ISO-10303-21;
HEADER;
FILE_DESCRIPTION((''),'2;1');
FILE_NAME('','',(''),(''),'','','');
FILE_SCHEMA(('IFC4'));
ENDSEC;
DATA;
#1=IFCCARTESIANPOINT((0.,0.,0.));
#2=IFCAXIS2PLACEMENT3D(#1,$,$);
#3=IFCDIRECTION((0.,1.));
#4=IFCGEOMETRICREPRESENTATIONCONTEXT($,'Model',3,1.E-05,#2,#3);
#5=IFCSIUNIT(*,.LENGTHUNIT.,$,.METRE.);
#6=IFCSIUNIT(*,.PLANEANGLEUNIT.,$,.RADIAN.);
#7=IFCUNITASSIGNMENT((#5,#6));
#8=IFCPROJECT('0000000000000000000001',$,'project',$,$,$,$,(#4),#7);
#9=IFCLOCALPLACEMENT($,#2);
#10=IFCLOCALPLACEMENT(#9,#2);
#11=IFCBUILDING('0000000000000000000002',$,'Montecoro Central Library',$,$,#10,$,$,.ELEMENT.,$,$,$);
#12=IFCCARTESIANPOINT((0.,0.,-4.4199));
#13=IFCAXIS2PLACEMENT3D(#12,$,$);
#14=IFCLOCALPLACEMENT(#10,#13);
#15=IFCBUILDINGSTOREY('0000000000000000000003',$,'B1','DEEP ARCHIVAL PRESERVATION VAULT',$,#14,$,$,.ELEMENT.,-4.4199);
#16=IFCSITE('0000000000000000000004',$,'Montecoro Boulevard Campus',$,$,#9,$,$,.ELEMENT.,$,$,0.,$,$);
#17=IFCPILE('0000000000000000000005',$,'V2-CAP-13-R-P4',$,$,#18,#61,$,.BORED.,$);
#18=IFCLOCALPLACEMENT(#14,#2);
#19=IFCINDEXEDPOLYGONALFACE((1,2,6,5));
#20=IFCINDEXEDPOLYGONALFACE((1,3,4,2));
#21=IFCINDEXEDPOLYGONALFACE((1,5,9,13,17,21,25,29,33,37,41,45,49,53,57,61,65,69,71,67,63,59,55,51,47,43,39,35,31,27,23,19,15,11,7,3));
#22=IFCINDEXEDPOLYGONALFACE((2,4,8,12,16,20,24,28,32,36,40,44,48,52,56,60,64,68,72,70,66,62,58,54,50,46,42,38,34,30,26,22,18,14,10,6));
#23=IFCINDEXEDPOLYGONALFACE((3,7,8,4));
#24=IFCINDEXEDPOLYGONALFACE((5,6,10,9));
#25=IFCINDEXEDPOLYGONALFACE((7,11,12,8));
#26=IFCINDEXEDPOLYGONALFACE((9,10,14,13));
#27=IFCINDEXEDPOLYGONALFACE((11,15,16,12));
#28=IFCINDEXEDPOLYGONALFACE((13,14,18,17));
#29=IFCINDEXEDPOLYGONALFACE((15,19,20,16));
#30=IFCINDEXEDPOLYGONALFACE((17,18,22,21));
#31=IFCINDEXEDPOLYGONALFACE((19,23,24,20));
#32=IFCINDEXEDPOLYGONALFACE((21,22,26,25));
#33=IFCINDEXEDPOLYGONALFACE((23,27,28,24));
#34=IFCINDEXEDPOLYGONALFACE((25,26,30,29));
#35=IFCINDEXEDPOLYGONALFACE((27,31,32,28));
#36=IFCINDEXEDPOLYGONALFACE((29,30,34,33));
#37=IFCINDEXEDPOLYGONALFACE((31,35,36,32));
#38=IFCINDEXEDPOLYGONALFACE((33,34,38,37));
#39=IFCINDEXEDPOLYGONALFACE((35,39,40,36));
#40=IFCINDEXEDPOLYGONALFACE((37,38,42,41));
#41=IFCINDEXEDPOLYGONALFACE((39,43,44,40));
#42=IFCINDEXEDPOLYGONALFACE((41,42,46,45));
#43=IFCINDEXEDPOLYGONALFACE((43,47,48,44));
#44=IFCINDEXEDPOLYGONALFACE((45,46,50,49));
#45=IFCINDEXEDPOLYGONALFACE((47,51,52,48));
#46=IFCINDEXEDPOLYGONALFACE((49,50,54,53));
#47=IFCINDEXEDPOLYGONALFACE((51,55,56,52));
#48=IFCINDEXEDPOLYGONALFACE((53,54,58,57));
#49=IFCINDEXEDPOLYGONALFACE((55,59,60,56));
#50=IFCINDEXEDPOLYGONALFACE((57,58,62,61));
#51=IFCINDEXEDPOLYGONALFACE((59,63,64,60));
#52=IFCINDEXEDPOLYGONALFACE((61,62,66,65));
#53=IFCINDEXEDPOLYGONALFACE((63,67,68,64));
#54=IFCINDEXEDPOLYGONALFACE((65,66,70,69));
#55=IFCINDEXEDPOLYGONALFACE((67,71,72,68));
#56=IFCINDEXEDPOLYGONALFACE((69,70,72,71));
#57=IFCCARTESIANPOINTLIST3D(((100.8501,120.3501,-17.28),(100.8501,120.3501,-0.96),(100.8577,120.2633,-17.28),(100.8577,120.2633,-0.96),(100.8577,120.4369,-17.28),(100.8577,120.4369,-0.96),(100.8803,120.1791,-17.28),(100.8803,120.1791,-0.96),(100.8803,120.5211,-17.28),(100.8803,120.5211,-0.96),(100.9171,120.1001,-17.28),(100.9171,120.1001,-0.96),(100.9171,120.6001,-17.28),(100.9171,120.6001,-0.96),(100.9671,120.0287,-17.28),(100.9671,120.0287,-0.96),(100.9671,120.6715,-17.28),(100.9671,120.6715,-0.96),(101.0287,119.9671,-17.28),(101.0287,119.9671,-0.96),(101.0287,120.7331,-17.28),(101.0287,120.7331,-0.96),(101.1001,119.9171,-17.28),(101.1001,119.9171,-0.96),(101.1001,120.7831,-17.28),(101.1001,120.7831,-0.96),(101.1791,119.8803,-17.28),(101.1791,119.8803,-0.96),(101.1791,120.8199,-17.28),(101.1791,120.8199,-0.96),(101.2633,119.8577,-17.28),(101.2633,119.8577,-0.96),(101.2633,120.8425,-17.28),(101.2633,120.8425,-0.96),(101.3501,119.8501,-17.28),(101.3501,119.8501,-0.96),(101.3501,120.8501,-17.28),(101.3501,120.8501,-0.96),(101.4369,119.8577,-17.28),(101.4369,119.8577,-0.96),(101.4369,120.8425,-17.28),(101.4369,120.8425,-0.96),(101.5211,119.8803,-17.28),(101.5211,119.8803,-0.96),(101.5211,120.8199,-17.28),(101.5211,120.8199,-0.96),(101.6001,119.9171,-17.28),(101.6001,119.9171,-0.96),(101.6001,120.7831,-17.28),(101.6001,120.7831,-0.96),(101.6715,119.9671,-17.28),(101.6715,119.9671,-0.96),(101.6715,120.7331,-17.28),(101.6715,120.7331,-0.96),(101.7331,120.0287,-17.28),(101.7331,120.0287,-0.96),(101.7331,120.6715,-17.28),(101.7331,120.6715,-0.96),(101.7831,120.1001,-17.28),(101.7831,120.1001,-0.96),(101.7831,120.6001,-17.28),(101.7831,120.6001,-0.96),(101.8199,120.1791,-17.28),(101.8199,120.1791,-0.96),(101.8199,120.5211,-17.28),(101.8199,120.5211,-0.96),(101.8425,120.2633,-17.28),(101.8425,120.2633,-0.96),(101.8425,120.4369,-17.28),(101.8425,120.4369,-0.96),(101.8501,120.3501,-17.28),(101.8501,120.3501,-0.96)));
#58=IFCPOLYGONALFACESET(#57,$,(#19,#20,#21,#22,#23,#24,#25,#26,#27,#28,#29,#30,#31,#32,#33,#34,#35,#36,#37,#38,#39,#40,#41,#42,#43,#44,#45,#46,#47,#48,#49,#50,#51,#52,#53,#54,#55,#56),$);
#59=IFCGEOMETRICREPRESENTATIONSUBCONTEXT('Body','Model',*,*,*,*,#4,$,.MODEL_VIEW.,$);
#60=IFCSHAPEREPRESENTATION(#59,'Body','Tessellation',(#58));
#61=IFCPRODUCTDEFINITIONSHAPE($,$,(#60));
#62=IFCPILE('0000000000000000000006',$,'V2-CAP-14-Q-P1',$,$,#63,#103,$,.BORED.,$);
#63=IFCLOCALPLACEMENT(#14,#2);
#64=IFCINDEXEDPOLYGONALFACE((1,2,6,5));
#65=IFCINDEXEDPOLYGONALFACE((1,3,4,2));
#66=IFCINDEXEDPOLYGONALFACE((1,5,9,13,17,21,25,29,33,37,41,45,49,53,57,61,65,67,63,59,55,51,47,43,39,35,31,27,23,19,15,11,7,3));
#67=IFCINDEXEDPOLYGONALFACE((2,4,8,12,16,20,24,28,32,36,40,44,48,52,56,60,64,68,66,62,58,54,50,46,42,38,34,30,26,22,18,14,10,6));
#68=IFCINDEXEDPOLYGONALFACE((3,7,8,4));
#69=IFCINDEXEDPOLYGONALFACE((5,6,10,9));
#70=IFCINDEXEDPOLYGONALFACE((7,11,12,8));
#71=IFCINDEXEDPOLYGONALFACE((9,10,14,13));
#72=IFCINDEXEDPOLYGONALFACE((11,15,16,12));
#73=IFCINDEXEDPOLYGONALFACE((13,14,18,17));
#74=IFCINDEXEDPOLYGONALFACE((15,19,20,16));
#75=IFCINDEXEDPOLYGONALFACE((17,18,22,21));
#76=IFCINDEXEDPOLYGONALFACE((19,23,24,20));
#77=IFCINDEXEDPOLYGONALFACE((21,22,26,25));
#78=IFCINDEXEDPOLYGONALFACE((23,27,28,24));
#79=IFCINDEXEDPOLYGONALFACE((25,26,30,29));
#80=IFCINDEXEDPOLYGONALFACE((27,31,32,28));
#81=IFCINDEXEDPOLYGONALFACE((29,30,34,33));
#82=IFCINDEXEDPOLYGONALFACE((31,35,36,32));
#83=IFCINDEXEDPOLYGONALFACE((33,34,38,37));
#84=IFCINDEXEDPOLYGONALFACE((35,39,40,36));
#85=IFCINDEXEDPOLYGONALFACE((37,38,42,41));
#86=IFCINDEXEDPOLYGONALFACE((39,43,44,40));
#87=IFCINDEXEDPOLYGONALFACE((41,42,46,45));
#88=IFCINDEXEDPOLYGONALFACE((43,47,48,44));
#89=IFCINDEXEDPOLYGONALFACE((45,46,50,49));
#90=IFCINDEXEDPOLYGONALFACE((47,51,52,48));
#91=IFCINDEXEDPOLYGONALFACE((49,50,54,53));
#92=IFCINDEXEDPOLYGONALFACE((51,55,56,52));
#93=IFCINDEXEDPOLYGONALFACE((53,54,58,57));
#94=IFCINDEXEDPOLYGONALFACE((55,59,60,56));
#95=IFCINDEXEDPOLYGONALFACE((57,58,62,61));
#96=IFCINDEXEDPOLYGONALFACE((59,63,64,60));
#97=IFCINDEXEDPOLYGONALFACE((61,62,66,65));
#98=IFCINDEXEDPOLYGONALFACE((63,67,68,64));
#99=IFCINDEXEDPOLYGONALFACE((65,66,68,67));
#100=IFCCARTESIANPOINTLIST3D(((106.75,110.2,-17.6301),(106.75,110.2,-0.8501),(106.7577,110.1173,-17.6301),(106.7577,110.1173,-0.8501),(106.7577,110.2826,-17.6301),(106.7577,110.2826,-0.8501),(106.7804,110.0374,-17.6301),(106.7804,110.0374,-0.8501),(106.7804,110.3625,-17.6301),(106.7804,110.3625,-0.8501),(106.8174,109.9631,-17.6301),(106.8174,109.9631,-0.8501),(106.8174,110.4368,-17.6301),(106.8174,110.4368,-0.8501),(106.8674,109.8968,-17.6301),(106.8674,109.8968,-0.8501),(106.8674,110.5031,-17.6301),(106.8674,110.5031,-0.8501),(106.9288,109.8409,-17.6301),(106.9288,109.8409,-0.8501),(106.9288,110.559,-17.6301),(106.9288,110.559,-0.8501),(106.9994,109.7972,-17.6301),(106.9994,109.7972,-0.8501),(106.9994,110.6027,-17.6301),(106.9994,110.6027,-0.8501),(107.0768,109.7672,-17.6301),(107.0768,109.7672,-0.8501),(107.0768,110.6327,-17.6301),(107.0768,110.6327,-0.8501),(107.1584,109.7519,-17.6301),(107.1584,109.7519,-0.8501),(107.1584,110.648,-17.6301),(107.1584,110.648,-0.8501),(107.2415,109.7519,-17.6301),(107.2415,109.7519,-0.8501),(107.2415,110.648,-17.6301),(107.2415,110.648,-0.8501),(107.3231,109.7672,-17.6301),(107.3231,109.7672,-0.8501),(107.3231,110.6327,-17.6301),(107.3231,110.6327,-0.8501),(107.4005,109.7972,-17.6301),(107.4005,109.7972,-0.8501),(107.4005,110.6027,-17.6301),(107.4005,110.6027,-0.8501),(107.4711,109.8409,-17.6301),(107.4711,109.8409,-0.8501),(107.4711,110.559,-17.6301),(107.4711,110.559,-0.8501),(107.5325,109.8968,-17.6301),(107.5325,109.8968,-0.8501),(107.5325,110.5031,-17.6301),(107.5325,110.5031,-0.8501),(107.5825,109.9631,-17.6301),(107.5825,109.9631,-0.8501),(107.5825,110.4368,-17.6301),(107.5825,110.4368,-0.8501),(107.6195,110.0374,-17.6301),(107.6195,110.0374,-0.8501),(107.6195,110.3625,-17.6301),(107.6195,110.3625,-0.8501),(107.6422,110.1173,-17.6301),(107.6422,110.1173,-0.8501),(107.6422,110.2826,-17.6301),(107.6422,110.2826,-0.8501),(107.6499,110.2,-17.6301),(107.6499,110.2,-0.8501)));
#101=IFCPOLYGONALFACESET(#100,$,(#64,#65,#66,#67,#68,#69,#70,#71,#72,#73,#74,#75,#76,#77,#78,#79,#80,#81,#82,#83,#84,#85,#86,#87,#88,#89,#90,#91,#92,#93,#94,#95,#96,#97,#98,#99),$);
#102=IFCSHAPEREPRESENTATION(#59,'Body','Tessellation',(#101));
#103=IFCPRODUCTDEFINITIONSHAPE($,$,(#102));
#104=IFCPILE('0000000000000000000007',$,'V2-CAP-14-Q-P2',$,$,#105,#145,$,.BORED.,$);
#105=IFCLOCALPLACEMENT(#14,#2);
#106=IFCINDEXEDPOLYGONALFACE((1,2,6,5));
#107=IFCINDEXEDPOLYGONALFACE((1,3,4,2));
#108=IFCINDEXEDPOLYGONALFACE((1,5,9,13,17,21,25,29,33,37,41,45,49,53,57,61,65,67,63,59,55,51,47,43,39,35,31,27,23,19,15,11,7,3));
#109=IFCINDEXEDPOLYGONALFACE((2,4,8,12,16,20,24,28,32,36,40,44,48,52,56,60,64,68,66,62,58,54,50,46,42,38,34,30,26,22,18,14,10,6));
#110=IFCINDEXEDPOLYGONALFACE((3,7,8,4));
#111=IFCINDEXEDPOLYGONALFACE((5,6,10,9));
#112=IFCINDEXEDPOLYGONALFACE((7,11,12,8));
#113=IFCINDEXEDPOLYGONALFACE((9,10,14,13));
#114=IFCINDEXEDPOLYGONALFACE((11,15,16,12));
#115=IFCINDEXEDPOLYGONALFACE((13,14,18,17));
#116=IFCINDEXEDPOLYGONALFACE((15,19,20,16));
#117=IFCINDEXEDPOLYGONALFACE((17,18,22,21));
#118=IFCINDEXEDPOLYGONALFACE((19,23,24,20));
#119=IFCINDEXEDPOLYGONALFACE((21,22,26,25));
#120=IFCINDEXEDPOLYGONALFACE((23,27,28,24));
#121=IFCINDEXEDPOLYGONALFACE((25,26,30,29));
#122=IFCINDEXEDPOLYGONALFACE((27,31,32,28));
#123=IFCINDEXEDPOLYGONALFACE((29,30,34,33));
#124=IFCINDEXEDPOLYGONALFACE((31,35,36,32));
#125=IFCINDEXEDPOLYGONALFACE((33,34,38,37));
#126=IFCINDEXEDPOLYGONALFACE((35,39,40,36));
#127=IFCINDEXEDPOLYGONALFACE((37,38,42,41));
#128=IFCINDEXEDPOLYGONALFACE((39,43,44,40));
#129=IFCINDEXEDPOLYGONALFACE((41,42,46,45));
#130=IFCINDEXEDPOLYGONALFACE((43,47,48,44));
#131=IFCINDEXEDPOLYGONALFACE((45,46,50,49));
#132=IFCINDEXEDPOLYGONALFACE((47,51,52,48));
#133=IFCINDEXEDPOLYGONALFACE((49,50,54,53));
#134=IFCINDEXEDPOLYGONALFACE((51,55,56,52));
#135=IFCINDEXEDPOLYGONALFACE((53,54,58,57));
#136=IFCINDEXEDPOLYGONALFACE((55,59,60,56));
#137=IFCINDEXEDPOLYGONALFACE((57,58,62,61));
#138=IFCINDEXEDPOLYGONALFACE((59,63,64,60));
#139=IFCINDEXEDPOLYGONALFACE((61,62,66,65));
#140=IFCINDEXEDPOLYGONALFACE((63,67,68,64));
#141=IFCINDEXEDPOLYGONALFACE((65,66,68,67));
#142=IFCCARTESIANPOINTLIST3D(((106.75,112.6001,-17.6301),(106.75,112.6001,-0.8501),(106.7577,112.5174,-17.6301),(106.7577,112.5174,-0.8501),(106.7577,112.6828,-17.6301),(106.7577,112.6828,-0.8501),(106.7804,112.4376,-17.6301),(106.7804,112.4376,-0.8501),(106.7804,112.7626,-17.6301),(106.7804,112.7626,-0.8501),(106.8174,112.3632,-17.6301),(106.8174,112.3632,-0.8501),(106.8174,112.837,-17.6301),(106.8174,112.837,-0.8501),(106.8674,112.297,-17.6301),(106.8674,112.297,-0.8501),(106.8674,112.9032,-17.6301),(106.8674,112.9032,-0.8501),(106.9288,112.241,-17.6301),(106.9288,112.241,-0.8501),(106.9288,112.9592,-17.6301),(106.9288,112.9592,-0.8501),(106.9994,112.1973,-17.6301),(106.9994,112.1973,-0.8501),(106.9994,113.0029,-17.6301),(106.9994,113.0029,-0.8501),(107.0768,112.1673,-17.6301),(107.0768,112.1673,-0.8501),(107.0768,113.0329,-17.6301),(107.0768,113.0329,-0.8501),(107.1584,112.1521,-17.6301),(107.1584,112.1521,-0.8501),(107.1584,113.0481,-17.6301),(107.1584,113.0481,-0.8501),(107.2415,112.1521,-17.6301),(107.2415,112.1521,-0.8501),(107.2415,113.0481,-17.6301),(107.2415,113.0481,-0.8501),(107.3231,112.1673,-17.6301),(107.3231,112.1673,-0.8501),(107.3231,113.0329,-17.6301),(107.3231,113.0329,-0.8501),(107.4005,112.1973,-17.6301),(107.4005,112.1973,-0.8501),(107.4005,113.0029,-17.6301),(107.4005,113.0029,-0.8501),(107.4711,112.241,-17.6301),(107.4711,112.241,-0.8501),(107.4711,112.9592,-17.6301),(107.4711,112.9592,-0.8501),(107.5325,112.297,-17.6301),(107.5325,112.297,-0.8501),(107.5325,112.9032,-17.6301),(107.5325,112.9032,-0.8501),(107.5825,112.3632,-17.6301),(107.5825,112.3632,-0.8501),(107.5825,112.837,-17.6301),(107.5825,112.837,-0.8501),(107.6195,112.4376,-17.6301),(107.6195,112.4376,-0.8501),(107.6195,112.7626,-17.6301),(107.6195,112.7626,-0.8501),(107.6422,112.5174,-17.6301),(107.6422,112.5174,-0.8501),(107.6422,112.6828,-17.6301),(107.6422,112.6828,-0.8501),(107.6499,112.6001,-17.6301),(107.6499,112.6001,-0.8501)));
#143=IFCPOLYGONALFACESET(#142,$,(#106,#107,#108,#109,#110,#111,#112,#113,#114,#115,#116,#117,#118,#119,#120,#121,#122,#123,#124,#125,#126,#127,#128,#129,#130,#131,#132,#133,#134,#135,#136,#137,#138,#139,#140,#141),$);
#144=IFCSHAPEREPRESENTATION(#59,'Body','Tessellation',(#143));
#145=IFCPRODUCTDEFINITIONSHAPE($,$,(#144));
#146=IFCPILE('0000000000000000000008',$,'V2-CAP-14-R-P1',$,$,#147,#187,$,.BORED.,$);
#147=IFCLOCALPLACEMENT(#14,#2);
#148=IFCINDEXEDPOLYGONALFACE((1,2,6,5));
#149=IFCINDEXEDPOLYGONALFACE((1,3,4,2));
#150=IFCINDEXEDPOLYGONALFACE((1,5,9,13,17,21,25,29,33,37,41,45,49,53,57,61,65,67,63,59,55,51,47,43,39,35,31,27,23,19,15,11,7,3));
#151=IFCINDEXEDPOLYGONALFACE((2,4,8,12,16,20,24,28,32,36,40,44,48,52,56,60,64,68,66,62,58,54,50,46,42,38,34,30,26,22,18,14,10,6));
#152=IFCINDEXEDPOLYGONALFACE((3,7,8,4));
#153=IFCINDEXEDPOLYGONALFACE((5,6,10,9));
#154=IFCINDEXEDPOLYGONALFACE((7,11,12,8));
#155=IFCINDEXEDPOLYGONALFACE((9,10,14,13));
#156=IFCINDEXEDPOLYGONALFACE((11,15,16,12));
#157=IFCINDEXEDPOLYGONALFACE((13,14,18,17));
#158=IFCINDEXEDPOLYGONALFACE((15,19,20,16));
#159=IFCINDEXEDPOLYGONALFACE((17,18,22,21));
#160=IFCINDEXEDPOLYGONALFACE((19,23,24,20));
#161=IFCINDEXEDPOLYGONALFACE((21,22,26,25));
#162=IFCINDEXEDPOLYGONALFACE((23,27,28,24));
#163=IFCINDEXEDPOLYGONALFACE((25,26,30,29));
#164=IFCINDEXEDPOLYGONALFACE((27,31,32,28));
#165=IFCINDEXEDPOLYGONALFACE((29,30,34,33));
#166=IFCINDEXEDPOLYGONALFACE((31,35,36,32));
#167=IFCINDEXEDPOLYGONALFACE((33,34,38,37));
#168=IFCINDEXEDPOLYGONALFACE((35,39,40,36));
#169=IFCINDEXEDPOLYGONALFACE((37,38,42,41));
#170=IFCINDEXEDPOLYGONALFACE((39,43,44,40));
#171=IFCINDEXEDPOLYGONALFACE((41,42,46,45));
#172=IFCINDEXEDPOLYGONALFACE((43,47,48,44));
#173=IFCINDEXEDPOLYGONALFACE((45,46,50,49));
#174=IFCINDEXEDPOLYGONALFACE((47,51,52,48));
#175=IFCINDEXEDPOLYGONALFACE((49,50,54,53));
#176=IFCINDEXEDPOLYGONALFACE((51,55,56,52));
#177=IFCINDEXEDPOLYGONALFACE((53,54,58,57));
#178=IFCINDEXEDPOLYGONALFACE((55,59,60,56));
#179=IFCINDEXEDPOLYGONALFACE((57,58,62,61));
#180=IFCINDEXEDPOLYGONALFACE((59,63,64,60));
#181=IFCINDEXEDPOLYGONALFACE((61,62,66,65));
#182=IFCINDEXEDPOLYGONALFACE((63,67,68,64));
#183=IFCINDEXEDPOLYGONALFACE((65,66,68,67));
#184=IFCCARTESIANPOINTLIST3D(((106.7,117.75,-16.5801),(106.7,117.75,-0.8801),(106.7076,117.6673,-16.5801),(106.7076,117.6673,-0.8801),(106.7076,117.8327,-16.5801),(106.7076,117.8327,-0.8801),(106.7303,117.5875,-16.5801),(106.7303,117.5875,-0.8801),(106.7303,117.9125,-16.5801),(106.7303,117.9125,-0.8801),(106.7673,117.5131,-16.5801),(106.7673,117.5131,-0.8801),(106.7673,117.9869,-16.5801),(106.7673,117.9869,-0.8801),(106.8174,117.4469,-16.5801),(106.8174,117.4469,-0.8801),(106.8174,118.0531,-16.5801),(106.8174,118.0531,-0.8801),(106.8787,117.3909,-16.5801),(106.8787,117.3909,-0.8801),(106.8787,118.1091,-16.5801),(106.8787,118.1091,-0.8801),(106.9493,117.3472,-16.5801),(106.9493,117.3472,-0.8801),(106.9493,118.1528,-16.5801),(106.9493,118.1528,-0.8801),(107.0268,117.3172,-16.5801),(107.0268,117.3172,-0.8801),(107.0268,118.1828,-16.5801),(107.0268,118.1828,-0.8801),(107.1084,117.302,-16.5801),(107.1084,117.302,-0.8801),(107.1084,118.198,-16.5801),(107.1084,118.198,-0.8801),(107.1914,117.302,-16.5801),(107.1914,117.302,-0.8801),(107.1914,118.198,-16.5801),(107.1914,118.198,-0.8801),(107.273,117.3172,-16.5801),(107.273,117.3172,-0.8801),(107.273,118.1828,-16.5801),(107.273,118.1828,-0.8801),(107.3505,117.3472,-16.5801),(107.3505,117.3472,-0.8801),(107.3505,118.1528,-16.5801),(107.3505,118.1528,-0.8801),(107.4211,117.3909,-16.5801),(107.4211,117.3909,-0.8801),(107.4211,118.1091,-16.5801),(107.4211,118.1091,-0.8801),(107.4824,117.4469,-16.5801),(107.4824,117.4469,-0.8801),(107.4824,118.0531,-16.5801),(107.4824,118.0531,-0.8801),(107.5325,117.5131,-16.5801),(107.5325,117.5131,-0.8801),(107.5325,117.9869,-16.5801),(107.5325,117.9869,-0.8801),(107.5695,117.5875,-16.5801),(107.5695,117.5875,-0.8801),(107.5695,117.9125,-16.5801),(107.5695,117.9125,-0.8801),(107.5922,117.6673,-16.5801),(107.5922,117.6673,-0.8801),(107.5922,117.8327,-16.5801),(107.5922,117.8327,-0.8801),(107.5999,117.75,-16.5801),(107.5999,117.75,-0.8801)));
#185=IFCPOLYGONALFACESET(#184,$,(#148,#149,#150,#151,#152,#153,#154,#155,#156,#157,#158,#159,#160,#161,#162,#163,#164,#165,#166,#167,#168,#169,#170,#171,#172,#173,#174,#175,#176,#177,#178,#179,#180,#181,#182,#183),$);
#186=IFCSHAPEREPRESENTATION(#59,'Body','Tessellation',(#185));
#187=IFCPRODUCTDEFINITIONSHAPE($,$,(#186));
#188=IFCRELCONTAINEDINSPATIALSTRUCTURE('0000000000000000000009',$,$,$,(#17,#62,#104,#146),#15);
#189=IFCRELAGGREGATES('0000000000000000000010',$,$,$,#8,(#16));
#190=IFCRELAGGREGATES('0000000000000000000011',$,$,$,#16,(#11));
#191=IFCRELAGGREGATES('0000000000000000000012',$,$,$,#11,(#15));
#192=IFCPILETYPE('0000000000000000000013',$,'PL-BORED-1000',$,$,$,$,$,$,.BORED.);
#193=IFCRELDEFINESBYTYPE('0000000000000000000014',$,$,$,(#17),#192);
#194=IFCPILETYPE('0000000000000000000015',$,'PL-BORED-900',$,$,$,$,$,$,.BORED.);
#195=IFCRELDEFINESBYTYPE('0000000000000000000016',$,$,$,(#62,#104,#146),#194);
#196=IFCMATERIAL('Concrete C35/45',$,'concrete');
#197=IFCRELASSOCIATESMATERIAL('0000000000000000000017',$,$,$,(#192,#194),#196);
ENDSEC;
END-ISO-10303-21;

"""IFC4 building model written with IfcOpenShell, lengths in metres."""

from ifc_helpers import new_model, si_unit, direction, frame, origin, origin_2d, place, context, subcontext, project, spatial, circle, extrude, material, material_profile, profile_set, type_object, element, save


model = new_model("IFC4")

# Units and contexts
model_context = context("Model", 3, precision=1e-05, world=origin(), true_north=direction((0.0, 1.0)))
body_context = subcontext(model_context, "Body", "Model", "MODEL_VIEW")
ifc_project = project(units=[si_unit("LENGTHUNIT", "METRE"), si_unit("PLANEANGLEUNIT", "RADIAN")], contexts=[model_context])

# Site, building, storey
site_placement = place(None, origin())
site = spatial("IfcSite", under=ifc_project, at=site_placement, Name="Montecoro Boulevard Campus", CompositionType="ELEMENT", RefElevation=0.0)
building_placement = place(site_placement, origin())
building = spatial("IfcBuilding", under=site, at=building_placement, Name="Montecoro Central Library", CompositionType="ELEMENT")
storey_placement = place(building_placement, frame((0.0, 0.0, -4.4199)))
storey = spatial("IfcBuildingStorey", under=building, at=storey_placement, Name="B1", Description="DEEP ARCHIVAL PRESERVATION VAULT", CompositionType="ELEMENT", Elevation=-4.4199)

# Shared definitions
ifc_material_1 = material(Name="Concrete C35/45", Category="concrete")

# Piles
ifc_material_profile_1 = material_profile(ifc_material_1, circle(Radius=0.5, at=origin_2d()), Name="PILE D1000")
ifc_profile_set_1 = profile_set([ifc_material_profile_1], Name="Concrete C35/45")
pile_type_1 = type_object("IfcPileType", Name="PL-BORED-1000", PredefinedType="BORED", material=ifc_profile_set_1)
for number, where, z_axis, x_axis, name in (
    (1, (101.3501, 120.3501, -0.96), (0.0, 0.0, -1.0), (1.0, 0.0, 0.0), "V2-CAP-13-R-P4"),
):
    element("IfcPile", number, at=place(storey_placement, frame(where, z_axis=z_axis, x_axis=x_axis)), inside=storey, type_object=pile_type_1, Name=name, PredefinedType="BORED", context=body_context, shape_type="SweptSolid", body=[
        extrude(circle(Radius=0.5, at=origin_2d()), origin(), (0.0, 0.0, 1.0), 16.3201),
    ])
ifc_material_profile_2 = material_profile(ifc_material_1, circle(Radius=0.45, at=origin_2d()), Name="PILE D900")
ifc_profile_set_2 = profile_set([ifc_material_profile_2], Name="Concrete C35/45")
pile_type_2 = type_object("IfcPileType", Name="PL-BORED-900", PredefinedType="BORED", material=ifc_profile_set_2)
for number, where, z_axis, x_axis, name in (
    (2, (107.2, 110.2, -0.8501), (0.0, 0.0, -1.0), (1.0, 0.0, 0.0), "V2-CAP-14-Q-P1"),
    (3, (107.2, 112.6001, -0.8501), (0.0, 0.0, -1.0), (1.0, 0.0, 0.0), "V2-CAP-14-Q-P2"),
):
    element("IfcPile", number, at=place(storey_placement, frame(where, z_axis=z_axis, x_axis=x_axis)), inside=storey, type_object=pile_type_2, Name=name, PredefinedType="BORED", context=body_context, shape_type="SweptSolid", body=[
        extrude(circle(Radius=0.45, at=origin_2d()), origin(), (0.0, 0.0, 1.0), 16.78),
    ])
for number, where, z_axis, x_axis, name in (
    (4, (107.1499, 117.75, -0.8801), (0.0, 0.0, -1.0), (1.0, 0.0, 0.0), "V2-CAP-14-R-P1"),
):
    element("IfcPile", number, at=place(storey_placement, frame(where, z_axis=z_axis, x_axis=x_axis)), inside=storey, type_object=pile_type_2, Name=name, PredefinedType="BORED", context=body_context, shape_type="SweptSolid", body=[
        extrude(circle(Radius=0.45, at=origin_2d()), origin(), (0.0, 0.0, 1.0), 15.7),
    ])

save(model, "model.ifc")
